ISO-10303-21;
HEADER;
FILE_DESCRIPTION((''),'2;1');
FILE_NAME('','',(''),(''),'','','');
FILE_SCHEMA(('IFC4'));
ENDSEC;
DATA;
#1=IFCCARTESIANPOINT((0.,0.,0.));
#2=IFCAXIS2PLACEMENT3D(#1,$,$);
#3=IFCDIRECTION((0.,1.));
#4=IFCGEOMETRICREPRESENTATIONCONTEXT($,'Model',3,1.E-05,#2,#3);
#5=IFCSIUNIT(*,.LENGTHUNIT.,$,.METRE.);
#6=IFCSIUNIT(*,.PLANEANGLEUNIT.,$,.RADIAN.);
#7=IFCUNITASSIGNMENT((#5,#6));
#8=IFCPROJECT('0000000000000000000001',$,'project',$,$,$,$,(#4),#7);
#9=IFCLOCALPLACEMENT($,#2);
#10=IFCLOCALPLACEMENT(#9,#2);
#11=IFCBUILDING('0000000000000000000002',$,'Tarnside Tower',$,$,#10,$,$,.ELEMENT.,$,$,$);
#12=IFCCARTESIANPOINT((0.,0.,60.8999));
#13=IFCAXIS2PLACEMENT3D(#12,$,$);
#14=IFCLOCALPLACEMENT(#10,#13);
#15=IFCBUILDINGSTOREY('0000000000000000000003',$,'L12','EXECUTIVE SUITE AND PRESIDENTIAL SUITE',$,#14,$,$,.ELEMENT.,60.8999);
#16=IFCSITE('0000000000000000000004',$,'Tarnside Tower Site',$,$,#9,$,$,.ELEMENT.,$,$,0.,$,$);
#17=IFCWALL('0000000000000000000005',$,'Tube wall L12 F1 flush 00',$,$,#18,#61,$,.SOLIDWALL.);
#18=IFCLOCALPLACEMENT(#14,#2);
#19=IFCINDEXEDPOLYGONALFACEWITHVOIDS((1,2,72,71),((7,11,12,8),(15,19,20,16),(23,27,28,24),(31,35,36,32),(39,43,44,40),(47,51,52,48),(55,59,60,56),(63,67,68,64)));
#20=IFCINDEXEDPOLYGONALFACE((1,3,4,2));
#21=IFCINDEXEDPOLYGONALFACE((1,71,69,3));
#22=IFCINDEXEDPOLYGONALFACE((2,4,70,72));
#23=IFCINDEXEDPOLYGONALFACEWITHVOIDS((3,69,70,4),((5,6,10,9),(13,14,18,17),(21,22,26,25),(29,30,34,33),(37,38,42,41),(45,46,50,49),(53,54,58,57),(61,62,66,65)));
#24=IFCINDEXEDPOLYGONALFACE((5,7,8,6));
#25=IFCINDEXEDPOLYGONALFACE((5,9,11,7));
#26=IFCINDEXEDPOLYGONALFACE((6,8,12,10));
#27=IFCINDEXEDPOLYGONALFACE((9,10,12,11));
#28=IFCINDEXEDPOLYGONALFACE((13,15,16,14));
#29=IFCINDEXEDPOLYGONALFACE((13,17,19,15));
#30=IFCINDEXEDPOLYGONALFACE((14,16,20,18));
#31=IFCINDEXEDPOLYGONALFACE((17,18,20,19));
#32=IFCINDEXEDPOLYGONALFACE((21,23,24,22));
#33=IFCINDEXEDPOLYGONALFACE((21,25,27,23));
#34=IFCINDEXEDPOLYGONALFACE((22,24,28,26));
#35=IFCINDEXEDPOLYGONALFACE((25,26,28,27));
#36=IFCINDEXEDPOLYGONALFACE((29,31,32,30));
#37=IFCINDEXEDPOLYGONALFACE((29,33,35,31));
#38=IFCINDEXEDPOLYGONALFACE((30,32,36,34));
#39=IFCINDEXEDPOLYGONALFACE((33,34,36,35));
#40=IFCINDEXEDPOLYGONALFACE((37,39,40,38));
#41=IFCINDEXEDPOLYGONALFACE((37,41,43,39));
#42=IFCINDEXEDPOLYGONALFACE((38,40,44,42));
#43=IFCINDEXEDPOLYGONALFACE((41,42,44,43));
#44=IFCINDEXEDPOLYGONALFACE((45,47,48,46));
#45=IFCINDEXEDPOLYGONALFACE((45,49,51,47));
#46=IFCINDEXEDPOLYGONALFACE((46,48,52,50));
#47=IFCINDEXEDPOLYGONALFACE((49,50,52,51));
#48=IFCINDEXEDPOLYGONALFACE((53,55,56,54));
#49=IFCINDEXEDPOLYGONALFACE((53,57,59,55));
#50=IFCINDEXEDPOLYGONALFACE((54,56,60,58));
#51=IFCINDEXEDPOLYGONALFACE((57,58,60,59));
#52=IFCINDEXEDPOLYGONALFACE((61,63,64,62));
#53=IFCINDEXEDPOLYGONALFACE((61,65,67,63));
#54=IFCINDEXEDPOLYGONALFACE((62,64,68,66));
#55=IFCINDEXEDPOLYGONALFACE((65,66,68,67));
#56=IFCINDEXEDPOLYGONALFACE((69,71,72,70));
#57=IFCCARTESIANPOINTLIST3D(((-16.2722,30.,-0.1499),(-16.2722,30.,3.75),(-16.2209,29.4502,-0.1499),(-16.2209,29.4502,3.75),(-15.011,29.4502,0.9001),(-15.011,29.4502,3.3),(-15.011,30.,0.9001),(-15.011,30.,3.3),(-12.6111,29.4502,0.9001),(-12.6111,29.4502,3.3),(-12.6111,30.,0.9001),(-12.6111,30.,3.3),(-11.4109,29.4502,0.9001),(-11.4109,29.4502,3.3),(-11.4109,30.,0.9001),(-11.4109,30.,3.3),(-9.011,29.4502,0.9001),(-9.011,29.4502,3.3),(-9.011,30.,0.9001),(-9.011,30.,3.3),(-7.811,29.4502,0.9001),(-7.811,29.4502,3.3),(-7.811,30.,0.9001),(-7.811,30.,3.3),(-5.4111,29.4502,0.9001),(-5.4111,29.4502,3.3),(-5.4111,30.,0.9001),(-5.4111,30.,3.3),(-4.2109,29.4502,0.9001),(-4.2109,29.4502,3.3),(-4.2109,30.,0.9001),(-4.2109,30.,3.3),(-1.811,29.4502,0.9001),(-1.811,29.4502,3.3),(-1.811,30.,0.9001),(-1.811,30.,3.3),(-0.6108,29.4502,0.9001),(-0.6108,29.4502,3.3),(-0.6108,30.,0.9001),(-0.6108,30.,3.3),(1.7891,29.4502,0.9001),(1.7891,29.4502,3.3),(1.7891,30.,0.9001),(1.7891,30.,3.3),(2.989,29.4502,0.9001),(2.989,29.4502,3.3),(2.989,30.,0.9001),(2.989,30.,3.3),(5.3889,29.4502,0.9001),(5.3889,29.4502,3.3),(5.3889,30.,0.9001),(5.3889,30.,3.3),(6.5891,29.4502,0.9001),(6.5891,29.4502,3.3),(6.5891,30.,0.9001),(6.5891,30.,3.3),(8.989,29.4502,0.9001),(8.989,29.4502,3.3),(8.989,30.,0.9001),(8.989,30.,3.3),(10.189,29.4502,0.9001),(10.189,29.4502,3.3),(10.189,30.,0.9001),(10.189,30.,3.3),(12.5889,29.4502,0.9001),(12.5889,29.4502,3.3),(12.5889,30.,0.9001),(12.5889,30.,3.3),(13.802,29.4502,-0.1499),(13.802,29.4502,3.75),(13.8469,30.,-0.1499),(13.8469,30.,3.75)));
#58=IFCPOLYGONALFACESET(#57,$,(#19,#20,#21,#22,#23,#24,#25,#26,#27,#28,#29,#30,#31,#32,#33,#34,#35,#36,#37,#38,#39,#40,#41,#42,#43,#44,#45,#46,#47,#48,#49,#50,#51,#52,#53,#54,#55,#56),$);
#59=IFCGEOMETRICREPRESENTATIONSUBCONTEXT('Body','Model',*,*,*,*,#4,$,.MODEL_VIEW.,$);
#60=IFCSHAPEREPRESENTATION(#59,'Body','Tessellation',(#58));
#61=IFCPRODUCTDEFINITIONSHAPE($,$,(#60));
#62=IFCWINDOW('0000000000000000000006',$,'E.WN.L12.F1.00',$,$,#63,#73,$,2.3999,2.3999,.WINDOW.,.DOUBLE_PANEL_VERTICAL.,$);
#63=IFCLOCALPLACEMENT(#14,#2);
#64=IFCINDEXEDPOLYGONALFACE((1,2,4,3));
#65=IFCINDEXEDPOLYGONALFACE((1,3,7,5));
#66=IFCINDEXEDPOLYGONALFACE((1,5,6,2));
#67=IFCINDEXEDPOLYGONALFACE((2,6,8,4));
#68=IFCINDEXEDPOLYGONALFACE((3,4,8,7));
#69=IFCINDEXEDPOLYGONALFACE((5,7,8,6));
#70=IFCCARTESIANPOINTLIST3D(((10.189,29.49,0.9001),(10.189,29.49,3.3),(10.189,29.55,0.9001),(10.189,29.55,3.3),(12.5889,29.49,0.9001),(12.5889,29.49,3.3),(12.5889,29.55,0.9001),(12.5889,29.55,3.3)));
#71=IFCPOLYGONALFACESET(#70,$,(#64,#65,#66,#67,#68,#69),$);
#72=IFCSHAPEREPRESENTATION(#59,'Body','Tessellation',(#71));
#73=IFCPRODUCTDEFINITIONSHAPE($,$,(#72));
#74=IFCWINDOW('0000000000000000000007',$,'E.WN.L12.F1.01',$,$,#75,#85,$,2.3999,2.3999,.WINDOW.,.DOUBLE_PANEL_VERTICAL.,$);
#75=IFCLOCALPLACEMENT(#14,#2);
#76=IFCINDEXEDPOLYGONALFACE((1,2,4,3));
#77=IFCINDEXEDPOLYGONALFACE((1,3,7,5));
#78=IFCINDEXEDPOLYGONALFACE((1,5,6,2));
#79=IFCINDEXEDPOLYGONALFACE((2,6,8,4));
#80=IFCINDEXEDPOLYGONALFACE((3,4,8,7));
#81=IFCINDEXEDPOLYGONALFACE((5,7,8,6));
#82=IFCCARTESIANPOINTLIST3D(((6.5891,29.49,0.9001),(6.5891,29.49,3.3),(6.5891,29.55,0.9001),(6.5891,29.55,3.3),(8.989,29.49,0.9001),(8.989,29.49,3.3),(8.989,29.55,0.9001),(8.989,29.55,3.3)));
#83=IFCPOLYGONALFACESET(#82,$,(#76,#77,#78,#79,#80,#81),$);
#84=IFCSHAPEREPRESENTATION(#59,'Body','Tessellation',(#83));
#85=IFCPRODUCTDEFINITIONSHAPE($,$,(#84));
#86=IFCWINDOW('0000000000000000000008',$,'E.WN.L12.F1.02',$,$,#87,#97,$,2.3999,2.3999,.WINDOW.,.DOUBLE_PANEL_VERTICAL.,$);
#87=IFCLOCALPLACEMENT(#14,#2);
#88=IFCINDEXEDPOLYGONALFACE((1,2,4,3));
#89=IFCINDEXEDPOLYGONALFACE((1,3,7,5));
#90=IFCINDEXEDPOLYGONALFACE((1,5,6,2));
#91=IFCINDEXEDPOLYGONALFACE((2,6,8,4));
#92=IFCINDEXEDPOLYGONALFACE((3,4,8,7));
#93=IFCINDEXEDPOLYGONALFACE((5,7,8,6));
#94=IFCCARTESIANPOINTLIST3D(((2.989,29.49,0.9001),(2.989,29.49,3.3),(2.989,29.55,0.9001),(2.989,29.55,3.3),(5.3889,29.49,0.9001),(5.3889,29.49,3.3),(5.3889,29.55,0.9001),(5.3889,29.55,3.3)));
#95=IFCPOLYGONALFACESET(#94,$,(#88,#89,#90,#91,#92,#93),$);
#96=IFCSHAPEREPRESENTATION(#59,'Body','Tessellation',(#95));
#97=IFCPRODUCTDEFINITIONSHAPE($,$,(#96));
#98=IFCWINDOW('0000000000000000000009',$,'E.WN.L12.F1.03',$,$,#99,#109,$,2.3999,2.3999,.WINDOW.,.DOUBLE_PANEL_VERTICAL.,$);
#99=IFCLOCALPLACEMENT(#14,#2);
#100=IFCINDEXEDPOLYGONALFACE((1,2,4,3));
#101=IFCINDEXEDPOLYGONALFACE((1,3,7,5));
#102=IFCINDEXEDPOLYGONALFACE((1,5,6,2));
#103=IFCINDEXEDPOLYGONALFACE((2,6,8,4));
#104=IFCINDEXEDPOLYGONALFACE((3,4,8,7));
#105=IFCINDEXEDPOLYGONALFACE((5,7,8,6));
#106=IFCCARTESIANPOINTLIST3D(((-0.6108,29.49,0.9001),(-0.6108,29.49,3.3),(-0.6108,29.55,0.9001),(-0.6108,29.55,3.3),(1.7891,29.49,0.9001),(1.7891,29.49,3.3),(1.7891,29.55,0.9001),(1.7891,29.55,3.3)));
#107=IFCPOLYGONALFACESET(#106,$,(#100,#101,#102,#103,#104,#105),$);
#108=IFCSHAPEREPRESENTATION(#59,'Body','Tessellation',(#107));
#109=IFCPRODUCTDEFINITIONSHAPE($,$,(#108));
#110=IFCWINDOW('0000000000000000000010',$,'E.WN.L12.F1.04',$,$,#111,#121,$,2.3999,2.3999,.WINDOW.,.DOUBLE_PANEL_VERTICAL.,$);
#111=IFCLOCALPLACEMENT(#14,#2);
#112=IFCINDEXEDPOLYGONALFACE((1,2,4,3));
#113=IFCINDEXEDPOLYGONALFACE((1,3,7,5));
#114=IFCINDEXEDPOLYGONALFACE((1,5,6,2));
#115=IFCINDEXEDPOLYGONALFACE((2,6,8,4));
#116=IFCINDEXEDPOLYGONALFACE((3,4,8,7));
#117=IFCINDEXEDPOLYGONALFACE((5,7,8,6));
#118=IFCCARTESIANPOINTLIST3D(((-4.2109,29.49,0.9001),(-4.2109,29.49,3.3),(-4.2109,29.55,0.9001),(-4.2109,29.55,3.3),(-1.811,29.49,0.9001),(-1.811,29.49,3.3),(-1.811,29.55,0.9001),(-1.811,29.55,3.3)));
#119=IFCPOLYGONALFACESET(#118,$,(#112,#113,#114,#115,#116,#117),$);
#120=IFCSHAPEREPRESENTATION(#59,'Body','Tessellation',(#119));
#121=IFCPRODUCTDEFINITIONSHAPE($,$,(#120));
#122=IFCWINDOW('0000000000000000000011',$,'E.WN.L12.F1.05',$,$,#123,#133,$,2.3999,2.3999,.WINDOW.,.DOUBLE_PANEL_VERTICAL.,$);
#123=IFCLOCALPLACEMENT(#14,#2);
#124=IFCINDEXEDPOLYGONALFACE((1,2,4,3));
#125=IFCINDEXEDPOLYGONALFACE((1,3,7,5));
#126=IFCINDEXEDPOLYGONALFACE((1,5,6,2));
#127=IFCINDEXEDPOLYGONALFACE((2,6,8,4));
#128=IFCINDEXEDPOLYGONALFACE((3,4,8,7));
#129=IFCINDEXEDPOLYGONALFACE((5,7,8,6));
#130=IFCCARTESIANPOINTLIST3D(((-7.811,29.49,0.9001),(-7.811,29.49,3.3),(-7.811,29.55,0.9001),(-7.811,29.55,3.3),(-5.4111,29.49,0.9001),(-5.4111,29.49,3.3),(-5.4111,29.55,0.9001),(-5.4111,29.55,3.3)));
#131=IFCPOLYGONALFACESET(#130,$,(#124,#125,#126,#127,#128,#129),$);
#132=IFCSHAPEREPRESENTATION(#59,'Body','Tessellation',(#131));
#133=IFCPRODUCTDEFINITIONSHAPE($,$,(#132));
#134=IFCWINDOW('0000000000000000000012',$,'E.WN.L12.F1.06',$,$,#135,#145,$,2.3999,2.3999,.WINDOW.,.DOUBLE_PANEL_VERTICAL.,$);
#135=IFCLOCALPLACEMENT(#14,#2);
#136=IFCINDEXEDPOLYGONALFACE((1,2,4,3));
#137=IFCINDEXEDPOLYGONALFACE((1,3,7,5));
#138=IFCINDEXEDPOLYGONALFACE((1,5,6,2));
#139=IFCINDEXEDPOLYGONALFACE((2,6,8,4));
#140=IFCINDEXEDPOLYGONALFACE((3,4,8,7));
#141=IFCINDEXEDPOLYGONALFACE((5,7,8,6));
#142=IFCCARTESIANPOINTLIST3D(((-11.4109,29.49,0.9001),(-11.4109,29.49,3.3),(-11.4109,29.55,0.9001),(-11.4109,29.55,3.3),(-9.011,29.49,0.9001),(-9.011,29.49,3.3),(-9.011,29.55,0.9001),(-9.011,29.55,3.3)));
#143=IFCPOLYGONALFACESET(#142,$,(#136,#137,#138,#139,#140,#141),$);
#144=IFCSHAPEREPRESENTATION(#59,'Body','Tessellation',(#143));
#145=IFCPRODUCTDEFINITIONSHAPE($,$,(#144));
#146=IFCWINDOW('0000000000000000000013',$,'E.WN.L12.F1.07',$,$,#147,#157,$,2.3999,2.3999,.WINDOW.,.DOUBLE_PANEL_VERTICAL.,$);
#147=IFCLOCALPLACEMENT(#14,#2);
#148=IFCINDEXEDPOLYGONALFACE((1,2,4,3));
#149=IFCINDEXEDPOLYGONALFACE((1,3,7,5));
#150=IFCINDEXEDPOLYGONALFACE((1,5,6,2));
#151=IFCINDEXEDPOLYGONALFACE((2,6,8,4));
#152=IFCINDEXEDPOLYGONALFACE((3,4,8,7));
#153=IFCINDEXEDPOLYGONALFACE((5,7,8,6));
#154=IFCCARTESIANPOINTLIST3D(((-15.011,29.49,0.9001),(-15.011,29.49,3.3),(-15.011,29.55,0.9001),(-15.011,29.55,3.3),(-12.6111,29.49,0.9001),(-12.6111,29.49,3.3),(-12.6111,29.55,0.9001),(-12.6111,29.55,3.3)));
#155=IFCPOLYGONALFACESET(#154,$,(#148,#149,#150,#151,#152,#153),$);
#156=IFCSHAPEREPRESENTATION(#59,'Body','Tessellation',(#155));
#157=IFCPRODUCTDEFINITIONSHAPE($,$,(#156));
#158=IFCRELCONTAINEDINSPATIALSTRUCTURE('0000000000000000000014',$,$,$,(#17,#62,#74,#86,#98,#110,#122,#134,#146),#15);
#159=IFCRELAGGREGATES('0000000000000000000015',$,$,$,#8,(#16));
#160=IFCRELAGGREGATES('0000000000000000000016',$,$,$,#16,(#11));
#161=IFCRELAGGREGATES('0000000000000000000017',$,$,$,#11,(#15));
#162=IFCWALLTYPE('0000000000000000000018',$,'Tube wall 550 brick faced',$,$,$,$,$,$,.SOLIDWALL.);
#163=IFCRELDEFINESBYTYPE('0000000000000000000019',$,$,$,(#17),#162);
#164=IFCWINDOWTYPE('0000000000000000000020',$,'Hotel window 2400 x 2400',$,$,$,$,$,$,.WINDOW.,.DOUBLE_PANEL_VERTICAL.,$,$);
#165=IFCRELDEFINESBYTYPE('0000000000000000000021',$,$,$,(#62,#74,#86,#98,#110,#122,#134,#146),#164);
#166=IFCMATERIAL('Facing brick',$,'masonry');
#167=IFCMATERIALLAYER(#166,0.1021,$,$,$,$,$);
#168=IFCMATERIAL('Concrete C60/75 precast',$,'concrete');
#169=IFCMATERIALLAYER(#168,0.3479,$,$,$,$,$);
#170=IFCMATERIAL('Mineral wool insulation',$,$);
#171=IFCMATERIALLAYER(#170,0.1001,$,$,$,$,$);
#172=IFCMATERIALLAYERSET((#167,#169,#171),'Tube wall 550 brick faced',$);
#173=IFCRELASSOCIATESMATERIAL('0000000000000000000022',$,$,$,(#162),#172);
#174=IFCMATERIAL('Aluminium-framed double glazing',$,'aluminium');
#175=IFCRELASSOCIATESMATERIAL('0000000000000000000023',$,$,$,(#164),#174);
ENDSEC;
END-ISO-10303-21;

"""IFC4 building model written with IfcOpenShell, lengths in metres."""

from ifc_helpers import new_model, si_unit, direction, frame, frame_2d, origin, place, context, subcontext, project, spatial, polyline, rectangle, outline, extrude, material, layer, layer_set, type_object, element, fill, save


model = new_model("IFC4")

# Units and contexts
model_context = context("Model", 3, precision=1e-05, world=origin(), true_north=direction((0.0, 1.0)))
body_context = subcontext(model_context, "Body", "Model", "MODEL_VIEW")
ifc_project = project(units=[si_unit("LENGTHUNIT", "METRE"), si_unit("PLANEANGLEUNIT", "RADIAN")], contexts=[model_context])

# Site, building, storey
site_placement = place(None, origin())
site = spatial("IfcSite", under=ifc_project, at=site_placement, Name="Tarnside Tower Site", CompositionType="ELEMENT", RefElevation=0.0)
building_placement = place(site_placement, origin())
building = spatial("IfcBuilding", under=site, at=building_placement, Name="Tarnside Tower", CompositionType="ELEMENT")
storey_placement = place(building_placement, frame((0.0, 0.0, 60.8999)))
storey = spatial("IfcBuildingStorey", under=building, at=storey_placement, Name="L12", Description="EXECUTIVE SUITE AND PRESIDENTIAL SUITE", CompositionType="ELEMENT", Elevation=60.8999)

# Wall, openings, windows
ifc_material_1 = material(Name="Facing brick", Category="masonry")
ifc_layer_1 = layer(ifc_material_1, 0.1021)
ifc_material_2 = material(Name="Concrete C60/75 precast", Category="concrete")
ifc_layer_2 = layer(ifc_material_2, 0.3479)
ifc_material_3 = material(Name="Mineral wool insulation")
ifc_layer_3 = layer(ifc_material_3, 0.1001)
ifc_layer_set_1 = layer_set([ifc_layer_1, ifc_layer_2, ifc_layer_3], Name="Tube wall 550 brick faced")
wall_type_1 = type_object("IfcWallType", Name="Tube wall 550 brick faced", PredefinedType="SOLIDWALL", material=ifc_layer_set_1)
wall_1_placement = place(storey_placement, frame((13.8245, 29.7251, -0.1499), z_axis=(0.0, 0.0, 1.0), x_axis=(-1.0, 0.0, 0.0)))
wall_1 = element("IfcWall", 1, at=wall_1_placement, inside=storey, type_object=wall_type_1, Name="Tube wall L12 F1 flush 00", PredefinedType="SOLIDWALL", context=body_context, shape_type="SweptSolid", body=[
    extrude(outline(polyline([(-0.0225, -0.2749), (30.0967, -0.2749), (30.0454, 0.2749), (0.0225, 0.2749), (-0.0225, -0.2749)])), origin(), (0.0, 0.0, 1.0), 3.8999),
])
opening_1_placement = place(wall_1_placement, frame((1.2356, 0.0, 1.05)))
opening_1 = element("IfcOpeningElement", 2, at=opening_1_placement, cuts=wall_1, PredefinedType="OPENING", context=body_context, shape_type="SweptSolid", body=[
    extrude(rectangle(XDim=2.3999, YDim=2.3999, at=frame_2d((1.2, 1.2))), frame((0.0, 0.2852, 0.0), z_axis=(0.0, -1.0, 0.0), x_axis=(1.0, 0.0, 0.0)), (0.0, 0.0, 1.0), 0.5701),
])
opening_2_placement = place(wall_1_placement, frame((4.8354, 0.0, 1.05)))
opening_2 = element("IfcOpeningElement", 3, at=opening_2_placement, cuts=wall_1, PredefinedType="OPENING", context=body_context, shape_type="SweptSolid", body=[
    extrude(rectangle(XDim=2.3999, YDim=2.3999, at=frame_2d((1.2, 1.2))), frame((0.0, 0.2852, 0.0), z_axis=(0.0, -1.0, 0.0), x_axis=(1.0, 0.0, 0.0)), (0.0, 0.0, 1.0), 0.5701),
])
opening_3_placement = place(wall_1_placement, frame((8.4355, 0.0, 1.05)))
opening_3 = element("IfcOpeningElement", 4, at=opening_3_placement, cuts=wall_1, PredefinedType="OPENING", context=body_context, shape_type="SweptSolid", body=[
    extrude(rectangle(XDim=2.3999, YDim=2.3999, at=frame_2d((1.2, 1.2))), frame((0.0, 0.2852, 0.0), z_axis=(0.0, -1.0, 0.0), x_axis=(1.0, 0.0, 0.0)), (0.0, 0.0, 1.0), 0.5701),
])
opening_4_placement = place(wall_1_placement, frame((12.0354, 0.0, 1.05)))
opening_4 = element("IfcOpeningElement", 5, at=opening_4_placement, cuts=wall_1, PredefinedType="OPENING", context=body_context, shape_type="SweptSolid", body=[
    extrude(rectangle(XDim=2.3999, YDim=2.3999, at=frame_2d((1.2, 1.2))), frame((0.0, 0.2852, 0.0), z_axis=(0.0, -1.0, 0.0), x_axis=(1.0, 0.0, 0.0)), (0.0, 0.0, 1.0), 0.5701),
])
opening_5_placement = place(wall_1_placement, frame((15.6355, 0.0, 1.05)))
opening_5 = element("IfcOpeningElement", 6, at=opening_5_placement, cuts=wall_1, PredefinedType="OPENING", context=body_context, shape_type="SweptSolid", body=[
    extrude(rectangle(XDim=2.3999, YDim=2.3999, at=frame_2d((1.2, 1.2))), frame((0.0, 0.2852, 0.0), z_axis=(0.0, -1.0, 0.0), x_axis=(1.0, 0.0, 0.0)), (0.0, 0.0, 1.0), 0.5701),
])
opening_6_placement = place(wall_1_placement, frame((19.2356, 0.0, 1.05)))
opening_6 = element("IfcOpeningElement", 7, at=opening_6_placement, cuts=wall_1, PredefinedType="OPENING", context=body_context, shape_type="SweptSolid", body=[
    extrude(rectangle(XDim=2.3999, YDim=2.3999, at=frame_2d((1.2, 1.2))), frame((0.0, 0.2852, 0.0), z_axis=(0.0, -1.0, 0.0), x_axis=(1.0, 0.0, 0.0)), (0.0, 0.0, 1.0), 0.5701),
])
opening_7_placement = place(wall_1_placement, frame((22.8354, 0.0, 1.05)))
opening_7 = element("IfcOpeningElement", 8, at=opening_7_placement, cuts=wall_1, PredefinedType="OPENING", context=body_context, shape_type="SweptSolid", body=[
    extrude(rectangle(XDim=2.3999, YDim=2.3999, at=frame_2d((1.2, 1.2))), frame((0.0, 0.2852, 0.0), z_axis=(0.0, -1.0, 0.0), x_axis=(1.0, 0.0, 0.0)), (0.0, 0.0, 1.0), 0.5701),
])
opening_8_placement = place(wall_1_placement, frame((26.4355, 0.0, 1.05)))
opening_8 = element("IfcOpeningElement", 9, at=opening_8_placement, cuts=wall_1, PredefinedType="OPENING", context=body_context, shape_type="SweptSolid", body=[
    extrude(rectangle(XDim=2.3999, YDim=2.3999, at=frame_2d((1.2, 1.2))), frame((0.0, 0.2852, 0.0), z_axis=(0.0, -1.0, 0.0), x_axis=(1.0, 0.0, 0.0)), (0.0, 0.0, 1.0), 0.5701),
])
ifc_material_4 = material(Name="Aluminium-framed double glazing", Category="aluminium")
window_type = type_object("IfcWindowType", Name="Hotel window 2400 x 2400", PartitioningType="DOUBLE_PANEL_VERTICAL", PredefinedType="WINDOW", material=ifc_material_4)
window_1_placement = place(opening_1_placement, frame((0.0, 0.2051, 0.0)))
window_1 = element("IfcWindow", 10, at=window_1_placement, inside=storey, type_object=window_type, Name="E.WN.L12.F1.00", OverallHeight=2.3999, OverallWidth=2.3999, PartitioningType="DOUBLE_PANEL_VERTICAL", PredefinedType="WINDOW", context=body_context, shape_type="SweptSolid", body=[
    extrude(rectangle(XDim=2.3999, YDim=2.3999, at=frame_2d((1.2, 1.2))), frame((0.0, 0.03, 0.0), z_axis=(0.0, -1.0, 0.0), x_axis=(1.0, 0.0, 0.0)), (0.0, 0.0, 1.0), 0.0601),
])
fill(opening_1, window_1)
window_2_placement = place(opening_2_placement, frame((0.0, 0.2051, 0.0)))
window_2 = element("IfcWindow", 11, at=window_2_placement, inside=storey, type_object=window_type, Name="E.WN.L12.F1.01", OverallHeight=2.3999, OverallWidth=2.3999, PartitioningType="DOUBLE_PANEL_VERTICAL", PredefinedType="WINDOW", context=body_context, shape_type="SweptSolid", body=[
    extrude(rectangle(XDim=2.3999, YDim=2.3999, at=frame_2d((1.2, 1.2))), frame((0.0, 0.03, 0.0), z_axis=(0.0, -1.0, 0.0), x_axis=(1.0, 0.0, 0.0)), (0.0, 0.0, 1.0), 0.0601),
])
fill(opening_2, window_2)
window_3_placement = place(opening_3_placement, frame((0.0, 0.2051, 0.0)))
window_3 = element("IfcWindow", 12, at=window_3_placement, inside=storey, type_object=window_type, Name="E.WN.L12.F1.02", OverallHeight=2.3999, OverallWidth=2.3999, PartitioningType="DOUBLE_PANEL_VERTICAL", PredefinedType="WINDOW", context=body_context, shape_type="SweptSolid", body=[
    extrude(rectangle(XDim=2.3999, YDim=2.3999, at=frame_2d((1.2, 1.2))), frame((0.0, 0.03, 0.0), z_axis=(0.0, -1.0, 0.0), x_axis=(1.0, 0.0, 0.0)), (0.0, 0.0, 1.0), 0.0601),
])
fill(opening_3, window_3)
window_4_placement = place(opening_4_placement, frame((0.0, 0.2051, 0.0)))
window_4 = element("IfcWindow", 13, at=window_4_placement, inside=storey, type_object=window_type, Name="E.WN.L12.F1.03", OverallHeight=2.3999, OverallWidth=2.3999, PartitioningType="DOUBLE_PANEL_VERTICAL", PredefinedType="WINDOW", context=body_context, shape_type="SweptSolid", body=[
    extrude(rectangle(XDim=2.3999, YDim=2.3999, at=frame_2d((1.2, 1.2))), frame((0.0, 0.03, 0.0), z_axis=(0.0, -1.0, 0.0), x_axis=(1.0, 0.0, 0.0)), (0.0, 0.0, 1.0), 0.0601),
])
fill(opening_4, window_4)
window_5_placement = place(opening_5_placement, frame((0.0, 0.2051, 0.0)))
window_5 = element("IfcWindow", 14, at=window_5_placement, inside=storey, type_object=window_type, Name="E.WN.L12.F1.04", OverallHeight=2.3999, OverallWidth=2.3999, PartitioningType="DOUBLE_PANEL_VERTICAL", PredefinedType="WINDOW", context=body_context, shape_type="SweptSolid", body=[
    extrude(rectangle(XDim=2.3999, YDim=2.3999, at=frame_2d((1.2, 1.2))), frame((0.0, 0.03, 0.0), z_axis=(0.0, -1.0, 0.0), x_axis=(1.0, 0.0, 0.0)), (0.0, 0.0, 1.0), 0.0601),
])
fill(opening_5, window_5)
window_6_placement = place(opening_6_placement, frame((0.0, 0.2051, 0.0)))
window_6 = element("IfcWindow", 15, at=window_6_placement, inside=storey, type_object=window_type, Name="E.WN.L12.F1.05", OverallHeight=2.3999, OverallWidth=2.3999, PartitioningType="DOUBLE_PANEL_VERTICAL", PredefinedType="WINDOW", context=body_context, shape_type="SweptSolid", body=[
    extrude(rectangle(XDim=2.3999, YDim=2.3999, at=frame_2d((1.2, 1.2))), frame((0.0, 0.03, 0.0), z_axis=(0.0, -1.0, 0.0), x_axis=(1.0, 0.0, 0.0)), (0.0, 0.0, 1.0), 0.0601),
])
fill(opening_6, window_6)
window_7_placement = place(opening_7_placement, frame((0.0, 0.2051, 0.0)))
window_7 = element("IfcWindow", 16, at=window_7_placement, inside=storey, type_object=window_type, Name="E.WN.L12.F1.06", OverallHeight=2.3999, OverallWidth=2.3999, PartitioningType="DOUBLE_PANEL_VERTICAL", PredefinedType="WINDOW", context=body_context, shape_type="SweptSolid", body=[
    extrude(rectangle(XDim=2.3999, YDim=2.3999, at=frame_2d((1.2, 1.2))), frame((0.0, 0.03, 0.0), z_axis=(0.0, -1.0, 0.0), x_axis=(1.0, 0.0, 0.0)), (0.0, 0.0, 1.0), 0.0601),
])
fill(opening_7, window_7)
window_8_placement = place(opening_8_placement, frame((0.0, 0.2051, 0.0)))
window_8 = element("IfcWindow", 17, at=window_8_placement, inside=storey, type_object=window_type, Name="E.WN.L12.F1.07", OverallHeight=2.3999, OverallWidth=2.3999, PartitioningType="DOUBLE_PANEL_VERTICAL", PredefinedType="WINDOW", context=body_context, shape_type="SweptSolid", body=[
    extrude(rectangle(XDim=2.3999, YDim=2.3999, at=frame_2d((1.2, 1.2))), frame((0.0, 0.03, 0.0), z_axis=(0.0, -1.0, 0.0), x_axis=(1.0, 0.0, 0.0)), (0.0, 0.0, 1.0), 0.0601),
])
fill(opening_8, window_8)

save(model, "model.ifc")
